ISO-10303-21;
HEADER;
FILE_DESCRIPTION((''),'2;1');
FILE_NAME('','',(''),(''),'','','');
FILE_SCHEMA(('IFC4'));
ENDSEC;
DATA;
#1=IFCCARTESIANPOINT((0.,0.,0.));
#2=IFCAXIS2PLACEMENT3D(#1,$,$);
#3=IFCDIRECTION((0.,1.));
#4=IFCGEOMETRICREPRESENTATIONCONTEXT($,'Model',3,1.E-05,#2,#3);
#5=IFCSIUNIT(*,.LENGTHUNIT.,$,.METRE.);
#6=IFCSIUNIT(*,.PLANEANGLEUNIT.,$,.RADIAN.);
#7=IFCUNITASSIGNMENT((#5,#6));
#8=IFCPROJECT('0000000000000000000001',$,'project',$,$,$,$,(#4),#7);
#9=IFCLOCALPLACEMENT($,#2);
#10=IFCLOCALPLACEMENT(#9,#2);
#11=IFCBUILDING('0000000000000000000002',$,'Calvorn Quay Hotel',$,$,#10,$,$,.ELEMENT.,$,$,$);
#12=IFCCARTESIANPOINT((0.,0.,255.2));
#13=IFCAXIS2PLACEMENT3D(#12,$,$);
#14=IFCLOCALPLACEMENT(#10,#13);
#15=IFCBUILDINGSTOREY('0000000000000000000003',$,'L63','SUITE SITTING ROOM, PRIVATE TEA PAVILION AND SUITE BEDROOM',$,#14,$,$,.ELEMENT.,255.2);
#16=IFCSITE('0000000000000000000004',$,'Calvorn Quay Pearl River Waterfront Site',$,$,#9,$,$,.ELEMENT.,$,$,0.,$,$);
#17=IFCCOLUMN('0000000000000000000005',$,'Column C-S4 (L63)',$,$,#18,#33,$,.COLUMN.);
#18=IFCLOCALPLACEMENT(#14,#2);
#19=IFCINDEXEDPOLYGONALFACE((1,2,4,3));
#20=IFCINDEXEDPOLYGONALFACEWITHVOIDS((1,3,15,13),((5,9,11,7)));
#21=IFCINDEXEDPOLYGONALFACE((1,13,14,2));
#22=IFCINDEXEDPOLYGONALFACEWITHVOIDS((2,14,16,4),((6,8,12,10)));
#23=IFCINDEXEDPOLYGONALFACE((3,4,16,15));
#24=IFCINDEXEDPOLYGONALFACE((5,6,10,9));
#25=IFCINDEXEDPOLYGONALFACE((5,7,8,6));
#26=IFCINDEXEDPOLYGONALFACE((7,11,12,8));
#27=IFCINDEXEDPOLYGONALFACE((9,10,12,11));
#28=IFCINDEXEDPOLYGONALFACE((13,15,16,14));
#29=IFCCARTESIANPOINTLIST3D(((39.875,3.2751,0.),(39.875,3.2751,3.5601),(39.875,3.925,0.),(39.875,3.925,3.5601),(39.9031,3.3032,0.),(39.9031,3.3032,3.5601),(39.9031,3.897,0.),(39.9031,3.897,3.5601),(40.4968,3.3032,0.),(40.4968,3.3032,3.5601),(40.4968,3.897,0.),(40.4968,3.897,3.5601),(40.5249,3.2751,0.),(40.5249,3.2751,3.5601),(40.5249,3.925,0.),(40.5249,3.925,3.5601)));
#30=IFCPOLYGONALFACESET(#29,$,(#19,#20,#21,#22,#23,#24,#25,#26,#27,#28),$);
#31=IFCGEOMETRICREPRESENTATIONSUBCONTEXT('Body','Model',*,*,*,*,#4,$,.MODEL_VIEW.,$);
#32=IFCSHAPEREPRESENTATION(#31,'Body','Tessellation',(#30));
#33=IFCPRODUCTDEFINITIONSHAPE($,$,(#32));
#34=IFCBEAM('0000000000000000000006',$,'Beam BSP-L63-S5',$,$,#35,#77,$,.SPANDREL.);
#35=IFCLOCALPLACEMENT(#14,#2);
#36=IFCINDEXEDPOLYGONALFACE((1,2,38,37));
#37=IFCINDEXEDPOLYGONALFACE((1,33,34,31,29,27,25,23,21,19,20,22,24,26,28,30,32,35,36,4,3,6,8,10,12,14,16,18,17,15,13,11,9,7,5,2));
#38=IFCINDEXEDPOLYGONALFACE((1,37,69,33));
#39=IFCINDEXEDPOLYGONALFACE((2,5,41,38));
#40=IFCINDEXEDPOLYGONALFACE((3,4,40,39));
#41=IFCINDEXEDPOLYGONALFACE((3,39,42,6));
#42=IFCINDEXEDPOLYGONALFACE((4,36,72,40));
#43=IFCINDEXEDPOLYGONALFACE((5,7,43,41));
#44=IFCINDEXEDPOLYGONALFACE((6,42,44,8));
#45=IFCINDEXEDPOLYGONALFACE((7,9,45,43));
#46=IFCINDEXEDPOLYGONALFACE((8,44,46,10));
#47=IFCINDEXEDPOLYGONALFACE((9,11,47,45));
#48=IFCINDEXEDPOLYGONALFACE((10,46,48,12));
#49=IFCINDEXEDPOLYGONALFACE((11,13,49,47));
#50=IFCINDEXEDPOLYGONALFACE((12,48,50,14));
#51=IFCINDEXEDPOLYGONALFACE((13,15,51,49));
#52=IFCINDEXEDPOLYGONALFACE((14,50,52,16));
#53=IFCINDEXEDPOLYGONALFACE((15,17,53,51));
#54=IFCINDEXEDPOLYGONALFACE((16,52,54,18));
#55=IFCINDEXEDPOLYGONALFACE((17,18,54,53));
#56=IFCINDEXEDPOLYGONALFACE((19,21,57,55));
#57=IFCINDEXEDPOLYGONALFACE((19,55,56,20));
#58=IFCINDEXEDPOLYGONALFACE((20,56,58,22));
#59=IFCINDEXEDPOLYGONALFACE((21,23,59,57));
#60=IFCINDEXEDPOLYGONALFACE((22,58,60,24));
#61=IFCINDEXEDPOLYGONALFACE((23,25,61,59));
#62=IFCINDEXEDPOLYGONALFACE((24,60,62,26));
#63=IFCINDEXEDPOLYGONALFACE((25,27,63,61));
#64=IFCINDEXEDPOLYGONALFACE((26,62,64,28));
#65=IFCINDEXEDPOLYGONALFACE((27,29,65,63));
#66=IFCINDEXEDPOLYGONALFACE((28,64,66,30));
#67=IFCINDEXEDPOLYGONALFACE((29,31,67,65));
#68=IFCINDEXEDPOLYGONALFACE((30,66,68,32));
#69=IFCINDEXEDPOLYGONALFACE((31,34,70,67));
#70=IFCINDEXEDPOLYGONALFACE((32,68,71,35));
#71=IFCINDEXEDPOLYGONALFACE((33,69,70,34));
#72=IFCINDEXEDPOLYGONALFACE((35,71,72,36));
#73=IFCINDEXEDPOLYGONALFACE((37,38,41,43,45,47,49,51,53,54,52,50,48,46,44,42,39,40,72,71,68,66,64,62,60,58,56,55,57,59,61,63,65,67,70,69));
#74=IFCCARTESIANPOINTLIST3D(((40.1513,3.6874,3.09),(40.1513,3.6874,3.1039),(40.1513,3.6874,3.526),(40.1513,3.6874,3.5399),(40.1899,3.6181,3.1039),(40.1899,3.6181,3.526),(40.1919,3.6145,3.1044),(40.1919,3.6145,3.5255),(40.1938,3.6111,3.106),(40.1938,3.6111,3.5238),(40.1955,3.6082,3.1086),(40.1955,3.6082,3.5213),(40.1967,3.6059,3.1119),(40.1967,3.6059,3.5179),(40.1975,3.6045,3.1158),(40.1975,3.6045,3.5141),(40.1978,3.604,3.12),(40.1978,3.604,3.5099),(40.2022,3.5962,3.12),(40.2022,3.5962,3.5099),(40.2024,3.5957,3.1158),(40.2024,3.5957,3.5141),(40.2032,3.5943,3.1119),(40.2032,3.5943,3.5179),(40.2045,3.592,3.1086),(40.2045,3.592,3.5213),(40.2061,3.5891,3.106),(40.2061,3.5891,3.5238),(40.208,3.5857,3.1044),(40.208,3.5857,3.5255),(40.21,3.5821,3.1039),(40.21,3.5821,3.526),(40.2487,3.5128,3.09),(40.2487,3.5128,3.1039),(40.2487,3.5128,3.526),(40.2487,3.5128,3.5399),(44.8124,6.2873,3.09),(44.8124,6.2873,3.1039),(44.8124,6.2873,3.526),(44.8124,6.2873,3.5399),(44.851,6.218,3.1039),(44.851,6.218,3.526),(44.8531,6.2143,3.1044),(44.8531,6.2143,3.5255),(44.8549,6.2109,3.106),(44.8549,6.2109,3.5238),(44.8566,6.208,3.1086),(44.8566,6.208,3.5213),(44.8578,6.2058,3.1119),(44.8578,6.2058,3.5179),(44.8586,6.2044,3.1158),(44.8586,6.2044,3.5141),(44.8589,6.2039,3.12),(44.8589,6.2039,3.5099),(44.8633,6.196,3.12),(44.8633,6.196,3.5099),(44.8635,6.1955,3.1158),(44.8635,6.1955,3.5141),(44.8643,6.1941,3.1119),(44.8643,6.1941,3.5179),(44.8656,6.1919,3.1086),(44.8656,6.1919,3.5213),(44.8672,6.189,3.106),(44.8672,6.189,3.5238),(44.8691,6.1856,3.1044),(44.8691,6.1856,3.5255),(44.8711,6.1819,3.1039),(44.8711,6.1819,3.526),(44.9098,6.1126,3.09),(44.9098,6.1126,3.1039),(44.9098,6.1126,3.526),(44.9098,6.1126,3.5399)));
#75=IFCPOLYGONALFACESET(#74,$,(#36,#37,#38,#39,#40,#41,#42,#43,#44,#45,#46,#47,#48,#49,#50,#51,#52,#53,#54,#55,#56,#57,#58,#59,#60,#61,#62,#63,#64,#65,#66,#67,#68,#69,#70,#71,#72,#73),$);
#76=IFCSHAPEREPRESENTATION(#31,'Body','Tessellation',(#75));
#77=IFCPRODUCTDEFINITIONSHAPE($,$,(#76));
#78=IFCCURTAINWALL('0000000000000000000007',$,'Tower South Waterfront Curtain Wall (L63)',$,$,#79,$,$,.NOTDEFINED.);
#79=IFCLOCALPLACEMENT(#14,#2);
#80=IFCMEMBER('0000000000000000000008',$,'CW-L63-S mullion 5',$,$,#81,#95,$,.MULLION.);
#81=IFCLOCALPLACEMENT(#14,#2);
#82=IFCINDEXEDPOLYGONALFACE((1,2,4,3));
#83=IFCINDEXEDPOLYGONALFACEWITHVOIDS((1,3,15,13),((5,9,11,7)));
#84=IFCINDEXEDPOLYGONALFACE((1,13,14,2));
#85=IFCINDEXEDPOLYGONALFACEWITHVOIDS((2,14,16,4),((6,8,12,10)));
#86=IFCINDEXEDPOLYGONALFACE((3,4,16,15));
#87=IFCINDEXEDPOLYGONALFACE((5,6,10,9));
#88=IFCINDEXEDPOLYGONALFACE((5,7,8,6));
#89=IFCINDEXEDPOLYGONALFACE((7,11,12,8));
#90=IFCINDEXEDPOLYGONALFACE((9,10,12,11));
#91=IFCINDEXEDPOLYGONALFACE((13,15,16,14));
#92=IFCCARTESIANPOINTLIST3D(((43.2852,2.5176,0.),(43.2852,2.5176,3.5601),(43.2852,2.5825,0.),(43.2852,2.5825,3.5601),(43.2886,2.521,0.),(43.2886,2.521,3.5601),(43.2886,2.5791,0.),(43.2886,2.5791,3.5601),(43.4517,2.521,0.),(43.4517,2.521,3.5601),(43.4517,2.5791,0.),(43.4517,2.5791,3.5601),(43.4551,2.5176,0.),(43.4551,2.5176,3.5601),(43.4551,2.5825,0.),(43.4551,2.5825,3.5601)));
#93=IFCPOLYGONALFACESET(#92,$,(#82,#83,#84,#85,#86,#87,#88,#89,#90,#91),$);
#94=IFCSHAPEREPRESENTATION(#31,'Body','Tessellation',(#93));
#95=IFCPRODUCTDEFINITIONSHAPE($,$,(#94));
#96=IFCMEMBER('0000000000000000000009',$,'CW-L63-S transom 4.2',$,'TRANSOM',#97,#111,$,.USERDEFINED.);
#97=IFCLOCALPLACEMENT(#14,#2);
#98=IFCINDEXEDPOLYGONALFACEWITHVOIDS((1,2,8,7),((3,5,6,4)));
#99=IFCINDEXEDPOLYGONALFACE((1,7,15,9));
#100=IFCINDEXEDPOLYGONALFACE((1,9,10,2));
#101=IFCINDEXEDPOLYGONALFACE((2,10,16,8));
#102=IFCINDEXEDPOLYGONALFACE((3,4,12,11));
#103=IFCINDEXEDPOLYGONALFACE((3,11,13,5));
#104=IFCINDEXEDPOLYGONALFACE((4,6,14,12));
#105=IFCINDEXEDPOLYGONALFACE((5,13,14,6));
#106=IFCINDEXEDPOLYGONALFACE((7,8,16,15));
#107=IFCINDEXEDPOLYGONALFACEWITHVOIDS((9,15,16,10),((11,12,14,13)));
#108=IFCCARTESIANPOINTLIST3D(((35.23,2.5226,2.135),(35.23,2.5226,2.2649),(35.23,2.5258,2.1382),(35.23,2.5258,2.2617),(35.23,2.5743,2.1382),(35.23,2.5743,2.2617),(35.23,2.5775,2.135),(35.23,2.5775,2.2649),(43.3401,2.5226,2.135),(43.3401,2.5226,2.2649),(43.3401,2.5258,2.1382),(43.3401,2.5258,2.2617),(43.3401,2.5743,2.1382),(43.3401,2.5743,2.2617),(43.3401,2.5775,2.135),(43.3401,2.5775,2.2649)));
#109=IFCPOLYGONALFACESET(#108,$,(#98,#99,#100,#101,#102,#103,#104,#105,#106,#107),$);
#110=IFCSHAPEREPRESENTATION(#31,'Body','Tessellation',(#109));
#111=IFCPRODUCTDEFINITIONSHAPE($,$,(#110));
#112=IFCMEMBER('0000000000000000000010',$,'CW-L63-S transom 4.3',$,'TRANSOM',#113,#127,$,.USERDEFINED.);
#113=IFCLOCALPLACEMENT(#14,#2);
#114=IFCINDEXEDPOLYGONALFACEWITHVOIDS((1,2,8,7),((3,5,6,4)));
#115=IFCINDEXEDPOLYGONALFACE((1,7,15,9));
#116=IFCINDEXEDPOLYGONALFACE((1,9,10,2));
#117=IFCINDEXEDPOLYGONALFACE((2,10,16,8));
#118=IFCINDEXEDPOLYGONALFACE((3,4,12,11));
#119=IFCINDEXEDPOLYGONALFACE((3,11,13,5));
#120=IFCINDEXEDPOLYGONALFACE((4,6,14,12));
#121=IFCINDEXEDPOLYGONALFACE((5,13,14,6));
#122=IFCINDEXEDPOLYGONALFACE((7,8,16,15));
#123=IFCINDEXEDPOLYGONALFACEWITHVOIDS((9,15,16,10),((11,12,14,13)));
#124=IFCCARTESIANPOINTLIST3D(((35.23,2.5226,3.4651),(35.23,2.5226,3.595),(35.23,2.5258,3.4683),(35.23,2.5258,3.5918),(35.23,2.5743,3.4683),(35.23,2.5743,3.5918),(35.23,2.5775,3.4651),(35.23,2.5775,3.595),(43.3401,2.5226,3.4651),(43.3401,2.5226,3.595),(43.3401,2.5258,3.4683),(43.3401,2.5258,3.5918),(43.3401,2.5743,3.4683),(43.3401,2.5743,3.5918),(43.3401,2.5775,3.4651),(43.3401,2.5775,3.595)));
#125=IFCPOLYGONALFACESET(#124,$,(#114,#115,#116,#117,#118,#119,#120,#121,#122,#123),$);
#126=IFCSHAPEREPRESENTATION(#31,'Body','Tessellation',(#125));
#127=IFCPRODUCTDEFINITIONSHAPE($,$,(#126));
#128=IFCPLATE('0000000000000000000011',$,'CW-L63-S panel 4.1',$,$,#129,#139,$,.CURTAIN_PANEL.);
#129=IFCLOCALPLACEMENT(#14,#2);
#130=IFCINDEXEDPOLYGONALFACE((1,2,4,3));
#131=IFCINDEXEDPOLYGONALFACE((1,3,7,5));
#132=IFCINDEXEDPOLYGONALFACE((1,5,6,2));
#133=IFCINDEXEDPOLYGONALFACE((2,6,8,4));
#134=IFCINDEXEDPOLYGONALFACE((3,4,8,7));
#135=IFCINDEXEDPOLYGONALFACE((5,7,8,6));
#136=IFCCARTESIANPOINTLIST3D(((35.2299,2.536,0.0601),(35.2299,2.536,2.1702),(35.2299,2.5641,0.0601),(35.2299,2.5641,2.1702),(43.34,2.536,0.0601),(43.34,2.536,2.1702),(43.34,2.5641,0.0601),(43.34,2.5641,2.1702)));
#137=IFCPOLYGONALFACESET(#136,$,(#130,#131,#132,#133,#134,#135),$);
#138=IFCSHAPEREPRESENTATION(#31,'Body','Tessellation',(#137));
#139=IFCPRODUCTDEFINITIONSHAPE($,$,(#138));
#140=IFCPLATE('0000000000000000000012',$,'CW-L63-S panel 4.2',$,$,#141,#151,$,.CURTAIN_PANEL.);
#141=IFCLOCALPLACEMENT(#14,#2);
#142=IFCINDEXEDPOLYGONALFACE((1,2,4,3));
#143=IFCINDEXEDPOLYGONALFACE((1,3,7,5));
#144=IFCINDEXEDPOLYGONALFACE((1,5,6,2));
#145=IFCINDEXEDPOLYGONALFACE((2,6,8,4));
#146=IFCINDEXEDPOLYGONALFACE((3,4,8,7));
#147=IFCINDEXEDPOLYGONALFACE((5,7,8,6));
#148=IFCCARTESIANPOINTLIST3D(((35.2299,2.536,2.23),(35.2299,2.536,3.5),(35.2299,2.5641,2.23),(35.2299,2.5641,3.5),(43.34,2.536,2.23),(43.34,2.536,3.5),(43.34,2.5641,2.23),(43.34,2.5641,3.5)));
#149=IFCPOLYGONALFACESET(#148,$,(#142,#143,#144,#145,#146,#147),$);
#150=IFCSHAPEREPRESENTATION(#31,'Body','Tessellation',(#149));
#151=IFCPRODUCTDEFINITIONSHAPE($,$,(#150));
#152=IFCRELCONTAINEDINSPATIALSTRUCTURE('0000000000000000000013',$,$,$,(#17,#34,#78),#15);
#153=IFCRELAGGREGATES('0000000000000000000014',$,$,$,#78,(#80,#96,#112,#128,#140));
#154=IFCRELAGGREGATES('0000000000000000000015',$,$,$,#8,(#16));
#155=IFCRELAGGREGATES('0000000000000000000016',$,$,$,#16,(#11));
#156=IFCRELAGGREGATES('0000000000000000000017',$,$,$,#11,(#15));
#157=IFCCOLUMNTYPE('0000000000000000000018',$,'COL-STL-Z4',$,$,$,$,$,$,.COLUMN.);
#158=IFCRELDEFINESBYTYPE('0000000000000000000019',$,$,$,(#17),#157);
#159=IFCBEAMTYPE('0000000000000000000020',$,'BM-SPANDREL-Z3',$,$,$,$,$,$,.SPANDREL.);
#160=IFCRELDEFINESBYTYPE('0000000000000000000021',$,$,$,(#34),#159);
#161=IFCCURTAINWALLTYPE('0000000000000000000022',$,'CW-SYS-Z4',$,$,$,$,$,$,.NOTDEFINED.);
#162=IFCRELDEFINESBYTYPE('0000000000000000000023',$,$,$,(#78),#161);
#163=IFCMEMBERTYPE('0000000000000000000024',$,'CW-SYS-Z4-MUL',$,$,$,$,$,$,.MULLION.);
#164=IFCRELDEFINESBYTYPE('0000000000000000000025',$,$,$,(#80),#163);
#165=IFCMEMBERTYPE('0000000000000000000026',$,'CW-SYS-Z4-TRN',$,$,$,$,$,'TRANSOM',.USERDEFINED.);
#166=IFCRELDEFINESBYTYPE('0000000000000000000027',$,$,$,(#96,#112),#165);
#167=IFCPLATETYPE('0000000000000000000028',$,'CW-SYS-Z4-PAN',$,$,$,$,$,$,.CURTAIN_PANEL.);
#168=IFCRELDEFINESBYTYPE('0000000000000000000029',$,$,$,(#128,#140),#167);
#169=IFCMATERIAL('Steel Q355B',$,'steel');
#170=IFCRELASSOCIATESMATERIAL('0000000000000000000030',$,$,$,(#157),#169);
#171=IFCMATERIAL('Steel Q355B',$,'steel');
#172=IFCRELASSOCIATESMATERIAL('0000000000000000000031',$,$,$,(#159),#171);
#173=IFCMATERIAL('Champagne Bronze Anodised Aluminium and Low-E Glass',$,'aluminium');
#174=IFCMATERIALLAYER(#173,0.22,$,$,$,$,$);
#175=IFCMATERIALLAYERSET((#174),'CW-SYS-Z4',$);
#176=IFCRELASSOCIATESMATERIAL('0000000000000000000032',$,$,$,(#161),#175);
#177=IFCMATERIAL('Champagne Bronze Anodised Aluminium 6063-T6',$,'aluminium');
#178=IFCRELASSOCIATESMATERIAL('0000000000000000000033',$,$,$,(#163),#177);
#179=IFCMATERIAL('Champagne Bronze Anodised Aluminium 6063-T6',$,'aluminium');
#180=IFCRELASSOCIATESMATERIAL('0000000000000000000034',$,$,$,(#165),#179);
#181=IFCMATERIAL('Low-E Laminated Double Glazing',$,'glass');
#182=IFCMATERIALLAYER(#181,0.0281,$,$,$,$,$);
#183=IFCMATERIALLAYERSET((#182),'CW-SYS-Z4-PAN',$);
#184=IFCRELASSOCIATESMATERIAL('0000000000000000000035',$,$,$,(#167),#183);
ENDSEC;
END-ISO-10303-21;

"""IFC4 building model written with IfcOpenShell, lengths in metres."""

from ifc_helpers import new_model, si_unit, direction, frame, origin, origin_2d, place, context, subcontext, project, spatial, rectangle, hollow_rectangle, i_section, extrude, material, layer, layer_set, material_profile, profile_set, type_object, element, aggregate, save


model = new_model("IFC4")

# Units and contexts
model_context = context("Model", 3, precision=1e-05, world=origin(), true_north=direction((0.0, 1.0)))
body_context = subcontext(model_context, "Body", "Model", "MODEL_VIEW")
ifc_project = project(units=[si_unit("LENGTHUNIT", "METRE"), si_unit("PLANEANGLEUNIT", "RADIAN")], contexts=[model_context])

# Site, building, storey
site_placement = place(None, origin())
site = spatial("IfcSite", under=ifc_project, at=site_placement, Name="Calvorn Quay Pearl River Waterfront Site", CompositionType="ELEMENT", RefElevation=0.0)
building_placement = place(site_placement, origin())
building = spatial("IfcBuilding", under=site, at=building_placement, Name="Calvorn Quay Hotel", CompositionType="ELEMENT")
storey_placement = place(building_placement, frame((0.0, 0.0, 255.2)))
storey = spatial("IfcBuildingStorey", under=building, at=storey_placement, Name="L63", Description="SUITE SITTING ROOM, PRIVATE TEA PAVILION AND SUITE BEDROOM", CompositionType="ELEMENT", Elevation=255.2)

# Column
ifc_material_1 = material(Name="Steel Q355B", Category="steel")
ifc_material_profile_1 = material_profile(ifc_material_1, hollow_rectangle(XDim=0.6499, YDim=0.6499, WallThickness=0.0281, at=origin_2d()), Name="BOX650x650x28")
ifc_profile_set_1 = profile_set([ifc_material_profile_1], Name="Steel Q355B")
column_type = type_object("IfcColumnType", Name="COL-STL-Z4", PredefinedType="COLUMN", material=ifc_profile_set_1)
column_placement = place(storey_placement, frame((40.2, 3.6001, 0.0), z_axis=(0.0, 0.0, 1.0), x_axis=(1.0, 0.0, 0.0)))
element("IfcColumn", 1, at=column_placement, inside=storey, type_object=column_type, Name="Column C-S4 (L63)", PredefinedType="COLUMN", context=body_context, shape_type="SweptSolid", body=[
    extrude(hollow_rectangle(XDim=0.6499, YDim=0.6499, WallThickness=0.0281, at=origin_2d()), origin(), (0.0, 0.0, 1.0), 3.5601),
])

# Beam
ifc_material_2 = material(Name="Steel Q355B", Category="steel")
ifc_material_profile_2 = material_profile(ifc_material_2, i_section(OverallWidth=0.2, OverallDepth=0.45, WebThickness=0.009, FlangeThickness=0.0139, FilletRadius=0.0161, at=origin_2d()), Name="HN450x200x9x14")
ifc_profile_set_2 = profile_set([ifc_material_profile_2], Name="Steel Q355B")
beam_type = type_object("IfcBeamType", Name="BM-SPANDREL-Z3", PredefinedType="SPANDREL", material=ifc_profile_set_2)
beam_placement = place(storey_placement, frame((40.2, 3.6001, 3.3149), z_axis=(0.873334, 0.487122, 0.0), x_axis=(-0.487122, 0.873334, 0.0)))
element("IfcBeam", 2, at=beam_placement, inside=storey, type_object=beam_type, Name="Beam BSP-L63-S5", PredefinedType="SPANDREL", context=body_context, shape_type="SweptSolid", body=[
    extrude(i_section(OverallWidth=0.2, OverallDepth=0.45, WebThickness=0.009, FlangeThickness=0.0139, FilletRadius=0.0161, at=origin_2d()), origin(), (0.0, 0.0, 1.0), 5.3372),
])

# Curtain wall, members, plates
ifc_material_3 = material(Name="Champagne Bronze Anodised Aluminium and Low-E Glass", Category="aluminium")
ifc_layer_1 = layer(ifc_material_3, 0.22)
ifc_layer_set_1 = layer_set([ifc_layer_1], Name="CW-SYS-Z4")
curtain_wall_type = type_object("IfcCurtainWallType", Name="CW-SYS-Z4", PredefinedType="NOTDEFINED", material=ifc_layer_set_1)
curtain_wall_placement = place(storey_placement, origin())
curtain_wall = element("IfcCurtainWall", 3, at=curtain_wall_placement, inside=storey, type_object=curtain_wall_type, Name="Tower South Waterfront Curtain Wall (L63)", PredefinedType="NOTDEFINED")
ifc_material_4 = material(Name="Champagne Bronze Anodised Aluminium 6063-T6", Category="aluminium")
ifc_material_profile_3 = material_profile(ifc_material_4, hollow_rectangle(XDim=0.0649, YDim=0.1699, WallThickness=0.0034, at=origin_2d()), Name="ALU-M170x65x3.5")
ifc_profile_set_3 = profile_set([ifc_material_profile_3], Name="Champagne Bronze Anodised Aluminium 6063-T6")
member_type_1 = type_object("IfcMemberType", Name="CW-SYS-Z4-MUL", PredefinedType="MULLION", material=ifc_profile_set_3)
member_1_placement = place(storey_placement, frame((43.3701, 2.55, 0.0), z_axis=(0.0, 0.0, 1.0), x_axis=(0.0, 1.0, 0.0)))
member_1 = element("IfcMember", 4, at=member_1_placement, type_object=member_type_1, Name="CW-L63-S mullion 5", PredefinedType="MULLION", context=body_context, shape_type="SweptSolid", body=[
    extrude(hollow_rectangle(XDim=0.0649, YDim=0.1699, WallThickness=0.0034, at=origin_2d()), origin(), (0.0, 0.0, 1.0), 3.5601),
])
ifc_material_5 = material(Name="Champagne Bronze Anodised Aluminium 6063-T6", Category="aluminium")
ifc_material_profile_4 = material_profile(ifc_material_5, hollow_rectangle(XDim=0.0549, YDim=0.1299, WallThickness=0.0032, at=origin_2d()), Name="ALU-T130x55x3.2")
ifc_profile_set_4 = profile_set([ifc_material_profile_4], Name="Champagne Bronze Anodised Aluminium 6063-T6")
member_type_2 = type_object("IfcMemberType", Name="CW-SYS-Z4-TRN", ElementType="TRANSOM", PredefinedType="USERDEFINED", material=ifc_profile_set_4)
member_2_placement = place(storey_placement, frame((35.23, 2.55, 2.2), z_axis=(1.0, 0.0, 0.0), x_axis=(0.0, 1.0, 0.0)))
member_2 = element("IfcMember", 5, at=member_2_placement, type_object=member_type_2, Name="CW-L63-S transom 4.2", ObjectType="TRANSOM", PredefinedType="USERDEFINED", context=body_context, shape_type="SweptSolid", body=[
    extrude(hollow_rectangle(XDim=0.0549, YDim=0.1299, WallThickness=0.0032, at=origin_2d()), origin(), (0.0, 0.0, 1.0), 8.1101),
])
member_3_placement = place(storey_placement, frame((35.23, 2.55, 3.53), z_axis=(1.0, 0.0, 0.0), x_axis=(0.0, 1.0, 0.0)))
member_3 = element("IfcMember", 6, at=member_3_placement, type_object=member_type_2, Name="CW-L63-S transom 4.3", ObjectType="TRANSOM", PredefinedType="USERDEFINED", context=body_context, shape_type="SweptSolid", body=[
    extrude(hollow_rectangle(XDim=0.0549, YDim=0.1299, WallThickness=0.0032, at=origin_2d()), origin(), (0.0, 0.0, 1.0), 8.1101),
])
ifc_material_6 = material(Name="Low-E Laminated Double Glazing", Category="glass")
ifc_layer_2 = layer(ifc_material_6, 0.0281)
ifc_layer_set_2 = layer_set([ifc_layer_2], Name="CW-SYS-Z4-PAN")
plate_type = type_object("IfcPlateType", Name="CW-SYS-Z4-PAN", PredefinedType="CURTAIN_PANEL", material=ifc_layer_set_2)
plate_1_placement = place(storey_placement, frame((39.2849, 2.55, 0.0601), z_axis=(0.0, 0.0, 1.0), x_axis=(1.0, 0.0, 0.0)))
plate_1 = element("IfcPlate", 7, at=plate_1_placement, type_object=plate_type, Name="CW-L63-S panel 4.1", PredefinedType="CURTAIN_PANEL", context=body_context, shape_type="SweptSolid", body=[
    extrude(rectangle(XDim=8.1101, YDim=0.0281, at=origin_2d()), origin(), (0.0, 0.0, 1.0), 2.1101),
])
plate_2_placement = place(storey_placement, frame((39.2849, 2.55, 2.23), z_axis=(0.0, 0.0, 1.0), x_axis=(1.0, 0.0, 0.0)))
plate_2 = element("IfcPlate", 8, at=plate_2_placement, type_object=plate_type, Name="CW-L63-S panel 4.2", PredefinedType="CURTAIN_PANEL", context=body_context, shape_type="SweptSolid", body=[
    extrude(rectangle(XDim=8.1101, YDim=0.0281, at=origin_2d()), origin(), (0.0, 0.0, 1.0), 1.27),
])
aggregate(curtain_wall, [member_1, member_2, member_3, plate_1, plate_2])

save(model, "model.ifc")
